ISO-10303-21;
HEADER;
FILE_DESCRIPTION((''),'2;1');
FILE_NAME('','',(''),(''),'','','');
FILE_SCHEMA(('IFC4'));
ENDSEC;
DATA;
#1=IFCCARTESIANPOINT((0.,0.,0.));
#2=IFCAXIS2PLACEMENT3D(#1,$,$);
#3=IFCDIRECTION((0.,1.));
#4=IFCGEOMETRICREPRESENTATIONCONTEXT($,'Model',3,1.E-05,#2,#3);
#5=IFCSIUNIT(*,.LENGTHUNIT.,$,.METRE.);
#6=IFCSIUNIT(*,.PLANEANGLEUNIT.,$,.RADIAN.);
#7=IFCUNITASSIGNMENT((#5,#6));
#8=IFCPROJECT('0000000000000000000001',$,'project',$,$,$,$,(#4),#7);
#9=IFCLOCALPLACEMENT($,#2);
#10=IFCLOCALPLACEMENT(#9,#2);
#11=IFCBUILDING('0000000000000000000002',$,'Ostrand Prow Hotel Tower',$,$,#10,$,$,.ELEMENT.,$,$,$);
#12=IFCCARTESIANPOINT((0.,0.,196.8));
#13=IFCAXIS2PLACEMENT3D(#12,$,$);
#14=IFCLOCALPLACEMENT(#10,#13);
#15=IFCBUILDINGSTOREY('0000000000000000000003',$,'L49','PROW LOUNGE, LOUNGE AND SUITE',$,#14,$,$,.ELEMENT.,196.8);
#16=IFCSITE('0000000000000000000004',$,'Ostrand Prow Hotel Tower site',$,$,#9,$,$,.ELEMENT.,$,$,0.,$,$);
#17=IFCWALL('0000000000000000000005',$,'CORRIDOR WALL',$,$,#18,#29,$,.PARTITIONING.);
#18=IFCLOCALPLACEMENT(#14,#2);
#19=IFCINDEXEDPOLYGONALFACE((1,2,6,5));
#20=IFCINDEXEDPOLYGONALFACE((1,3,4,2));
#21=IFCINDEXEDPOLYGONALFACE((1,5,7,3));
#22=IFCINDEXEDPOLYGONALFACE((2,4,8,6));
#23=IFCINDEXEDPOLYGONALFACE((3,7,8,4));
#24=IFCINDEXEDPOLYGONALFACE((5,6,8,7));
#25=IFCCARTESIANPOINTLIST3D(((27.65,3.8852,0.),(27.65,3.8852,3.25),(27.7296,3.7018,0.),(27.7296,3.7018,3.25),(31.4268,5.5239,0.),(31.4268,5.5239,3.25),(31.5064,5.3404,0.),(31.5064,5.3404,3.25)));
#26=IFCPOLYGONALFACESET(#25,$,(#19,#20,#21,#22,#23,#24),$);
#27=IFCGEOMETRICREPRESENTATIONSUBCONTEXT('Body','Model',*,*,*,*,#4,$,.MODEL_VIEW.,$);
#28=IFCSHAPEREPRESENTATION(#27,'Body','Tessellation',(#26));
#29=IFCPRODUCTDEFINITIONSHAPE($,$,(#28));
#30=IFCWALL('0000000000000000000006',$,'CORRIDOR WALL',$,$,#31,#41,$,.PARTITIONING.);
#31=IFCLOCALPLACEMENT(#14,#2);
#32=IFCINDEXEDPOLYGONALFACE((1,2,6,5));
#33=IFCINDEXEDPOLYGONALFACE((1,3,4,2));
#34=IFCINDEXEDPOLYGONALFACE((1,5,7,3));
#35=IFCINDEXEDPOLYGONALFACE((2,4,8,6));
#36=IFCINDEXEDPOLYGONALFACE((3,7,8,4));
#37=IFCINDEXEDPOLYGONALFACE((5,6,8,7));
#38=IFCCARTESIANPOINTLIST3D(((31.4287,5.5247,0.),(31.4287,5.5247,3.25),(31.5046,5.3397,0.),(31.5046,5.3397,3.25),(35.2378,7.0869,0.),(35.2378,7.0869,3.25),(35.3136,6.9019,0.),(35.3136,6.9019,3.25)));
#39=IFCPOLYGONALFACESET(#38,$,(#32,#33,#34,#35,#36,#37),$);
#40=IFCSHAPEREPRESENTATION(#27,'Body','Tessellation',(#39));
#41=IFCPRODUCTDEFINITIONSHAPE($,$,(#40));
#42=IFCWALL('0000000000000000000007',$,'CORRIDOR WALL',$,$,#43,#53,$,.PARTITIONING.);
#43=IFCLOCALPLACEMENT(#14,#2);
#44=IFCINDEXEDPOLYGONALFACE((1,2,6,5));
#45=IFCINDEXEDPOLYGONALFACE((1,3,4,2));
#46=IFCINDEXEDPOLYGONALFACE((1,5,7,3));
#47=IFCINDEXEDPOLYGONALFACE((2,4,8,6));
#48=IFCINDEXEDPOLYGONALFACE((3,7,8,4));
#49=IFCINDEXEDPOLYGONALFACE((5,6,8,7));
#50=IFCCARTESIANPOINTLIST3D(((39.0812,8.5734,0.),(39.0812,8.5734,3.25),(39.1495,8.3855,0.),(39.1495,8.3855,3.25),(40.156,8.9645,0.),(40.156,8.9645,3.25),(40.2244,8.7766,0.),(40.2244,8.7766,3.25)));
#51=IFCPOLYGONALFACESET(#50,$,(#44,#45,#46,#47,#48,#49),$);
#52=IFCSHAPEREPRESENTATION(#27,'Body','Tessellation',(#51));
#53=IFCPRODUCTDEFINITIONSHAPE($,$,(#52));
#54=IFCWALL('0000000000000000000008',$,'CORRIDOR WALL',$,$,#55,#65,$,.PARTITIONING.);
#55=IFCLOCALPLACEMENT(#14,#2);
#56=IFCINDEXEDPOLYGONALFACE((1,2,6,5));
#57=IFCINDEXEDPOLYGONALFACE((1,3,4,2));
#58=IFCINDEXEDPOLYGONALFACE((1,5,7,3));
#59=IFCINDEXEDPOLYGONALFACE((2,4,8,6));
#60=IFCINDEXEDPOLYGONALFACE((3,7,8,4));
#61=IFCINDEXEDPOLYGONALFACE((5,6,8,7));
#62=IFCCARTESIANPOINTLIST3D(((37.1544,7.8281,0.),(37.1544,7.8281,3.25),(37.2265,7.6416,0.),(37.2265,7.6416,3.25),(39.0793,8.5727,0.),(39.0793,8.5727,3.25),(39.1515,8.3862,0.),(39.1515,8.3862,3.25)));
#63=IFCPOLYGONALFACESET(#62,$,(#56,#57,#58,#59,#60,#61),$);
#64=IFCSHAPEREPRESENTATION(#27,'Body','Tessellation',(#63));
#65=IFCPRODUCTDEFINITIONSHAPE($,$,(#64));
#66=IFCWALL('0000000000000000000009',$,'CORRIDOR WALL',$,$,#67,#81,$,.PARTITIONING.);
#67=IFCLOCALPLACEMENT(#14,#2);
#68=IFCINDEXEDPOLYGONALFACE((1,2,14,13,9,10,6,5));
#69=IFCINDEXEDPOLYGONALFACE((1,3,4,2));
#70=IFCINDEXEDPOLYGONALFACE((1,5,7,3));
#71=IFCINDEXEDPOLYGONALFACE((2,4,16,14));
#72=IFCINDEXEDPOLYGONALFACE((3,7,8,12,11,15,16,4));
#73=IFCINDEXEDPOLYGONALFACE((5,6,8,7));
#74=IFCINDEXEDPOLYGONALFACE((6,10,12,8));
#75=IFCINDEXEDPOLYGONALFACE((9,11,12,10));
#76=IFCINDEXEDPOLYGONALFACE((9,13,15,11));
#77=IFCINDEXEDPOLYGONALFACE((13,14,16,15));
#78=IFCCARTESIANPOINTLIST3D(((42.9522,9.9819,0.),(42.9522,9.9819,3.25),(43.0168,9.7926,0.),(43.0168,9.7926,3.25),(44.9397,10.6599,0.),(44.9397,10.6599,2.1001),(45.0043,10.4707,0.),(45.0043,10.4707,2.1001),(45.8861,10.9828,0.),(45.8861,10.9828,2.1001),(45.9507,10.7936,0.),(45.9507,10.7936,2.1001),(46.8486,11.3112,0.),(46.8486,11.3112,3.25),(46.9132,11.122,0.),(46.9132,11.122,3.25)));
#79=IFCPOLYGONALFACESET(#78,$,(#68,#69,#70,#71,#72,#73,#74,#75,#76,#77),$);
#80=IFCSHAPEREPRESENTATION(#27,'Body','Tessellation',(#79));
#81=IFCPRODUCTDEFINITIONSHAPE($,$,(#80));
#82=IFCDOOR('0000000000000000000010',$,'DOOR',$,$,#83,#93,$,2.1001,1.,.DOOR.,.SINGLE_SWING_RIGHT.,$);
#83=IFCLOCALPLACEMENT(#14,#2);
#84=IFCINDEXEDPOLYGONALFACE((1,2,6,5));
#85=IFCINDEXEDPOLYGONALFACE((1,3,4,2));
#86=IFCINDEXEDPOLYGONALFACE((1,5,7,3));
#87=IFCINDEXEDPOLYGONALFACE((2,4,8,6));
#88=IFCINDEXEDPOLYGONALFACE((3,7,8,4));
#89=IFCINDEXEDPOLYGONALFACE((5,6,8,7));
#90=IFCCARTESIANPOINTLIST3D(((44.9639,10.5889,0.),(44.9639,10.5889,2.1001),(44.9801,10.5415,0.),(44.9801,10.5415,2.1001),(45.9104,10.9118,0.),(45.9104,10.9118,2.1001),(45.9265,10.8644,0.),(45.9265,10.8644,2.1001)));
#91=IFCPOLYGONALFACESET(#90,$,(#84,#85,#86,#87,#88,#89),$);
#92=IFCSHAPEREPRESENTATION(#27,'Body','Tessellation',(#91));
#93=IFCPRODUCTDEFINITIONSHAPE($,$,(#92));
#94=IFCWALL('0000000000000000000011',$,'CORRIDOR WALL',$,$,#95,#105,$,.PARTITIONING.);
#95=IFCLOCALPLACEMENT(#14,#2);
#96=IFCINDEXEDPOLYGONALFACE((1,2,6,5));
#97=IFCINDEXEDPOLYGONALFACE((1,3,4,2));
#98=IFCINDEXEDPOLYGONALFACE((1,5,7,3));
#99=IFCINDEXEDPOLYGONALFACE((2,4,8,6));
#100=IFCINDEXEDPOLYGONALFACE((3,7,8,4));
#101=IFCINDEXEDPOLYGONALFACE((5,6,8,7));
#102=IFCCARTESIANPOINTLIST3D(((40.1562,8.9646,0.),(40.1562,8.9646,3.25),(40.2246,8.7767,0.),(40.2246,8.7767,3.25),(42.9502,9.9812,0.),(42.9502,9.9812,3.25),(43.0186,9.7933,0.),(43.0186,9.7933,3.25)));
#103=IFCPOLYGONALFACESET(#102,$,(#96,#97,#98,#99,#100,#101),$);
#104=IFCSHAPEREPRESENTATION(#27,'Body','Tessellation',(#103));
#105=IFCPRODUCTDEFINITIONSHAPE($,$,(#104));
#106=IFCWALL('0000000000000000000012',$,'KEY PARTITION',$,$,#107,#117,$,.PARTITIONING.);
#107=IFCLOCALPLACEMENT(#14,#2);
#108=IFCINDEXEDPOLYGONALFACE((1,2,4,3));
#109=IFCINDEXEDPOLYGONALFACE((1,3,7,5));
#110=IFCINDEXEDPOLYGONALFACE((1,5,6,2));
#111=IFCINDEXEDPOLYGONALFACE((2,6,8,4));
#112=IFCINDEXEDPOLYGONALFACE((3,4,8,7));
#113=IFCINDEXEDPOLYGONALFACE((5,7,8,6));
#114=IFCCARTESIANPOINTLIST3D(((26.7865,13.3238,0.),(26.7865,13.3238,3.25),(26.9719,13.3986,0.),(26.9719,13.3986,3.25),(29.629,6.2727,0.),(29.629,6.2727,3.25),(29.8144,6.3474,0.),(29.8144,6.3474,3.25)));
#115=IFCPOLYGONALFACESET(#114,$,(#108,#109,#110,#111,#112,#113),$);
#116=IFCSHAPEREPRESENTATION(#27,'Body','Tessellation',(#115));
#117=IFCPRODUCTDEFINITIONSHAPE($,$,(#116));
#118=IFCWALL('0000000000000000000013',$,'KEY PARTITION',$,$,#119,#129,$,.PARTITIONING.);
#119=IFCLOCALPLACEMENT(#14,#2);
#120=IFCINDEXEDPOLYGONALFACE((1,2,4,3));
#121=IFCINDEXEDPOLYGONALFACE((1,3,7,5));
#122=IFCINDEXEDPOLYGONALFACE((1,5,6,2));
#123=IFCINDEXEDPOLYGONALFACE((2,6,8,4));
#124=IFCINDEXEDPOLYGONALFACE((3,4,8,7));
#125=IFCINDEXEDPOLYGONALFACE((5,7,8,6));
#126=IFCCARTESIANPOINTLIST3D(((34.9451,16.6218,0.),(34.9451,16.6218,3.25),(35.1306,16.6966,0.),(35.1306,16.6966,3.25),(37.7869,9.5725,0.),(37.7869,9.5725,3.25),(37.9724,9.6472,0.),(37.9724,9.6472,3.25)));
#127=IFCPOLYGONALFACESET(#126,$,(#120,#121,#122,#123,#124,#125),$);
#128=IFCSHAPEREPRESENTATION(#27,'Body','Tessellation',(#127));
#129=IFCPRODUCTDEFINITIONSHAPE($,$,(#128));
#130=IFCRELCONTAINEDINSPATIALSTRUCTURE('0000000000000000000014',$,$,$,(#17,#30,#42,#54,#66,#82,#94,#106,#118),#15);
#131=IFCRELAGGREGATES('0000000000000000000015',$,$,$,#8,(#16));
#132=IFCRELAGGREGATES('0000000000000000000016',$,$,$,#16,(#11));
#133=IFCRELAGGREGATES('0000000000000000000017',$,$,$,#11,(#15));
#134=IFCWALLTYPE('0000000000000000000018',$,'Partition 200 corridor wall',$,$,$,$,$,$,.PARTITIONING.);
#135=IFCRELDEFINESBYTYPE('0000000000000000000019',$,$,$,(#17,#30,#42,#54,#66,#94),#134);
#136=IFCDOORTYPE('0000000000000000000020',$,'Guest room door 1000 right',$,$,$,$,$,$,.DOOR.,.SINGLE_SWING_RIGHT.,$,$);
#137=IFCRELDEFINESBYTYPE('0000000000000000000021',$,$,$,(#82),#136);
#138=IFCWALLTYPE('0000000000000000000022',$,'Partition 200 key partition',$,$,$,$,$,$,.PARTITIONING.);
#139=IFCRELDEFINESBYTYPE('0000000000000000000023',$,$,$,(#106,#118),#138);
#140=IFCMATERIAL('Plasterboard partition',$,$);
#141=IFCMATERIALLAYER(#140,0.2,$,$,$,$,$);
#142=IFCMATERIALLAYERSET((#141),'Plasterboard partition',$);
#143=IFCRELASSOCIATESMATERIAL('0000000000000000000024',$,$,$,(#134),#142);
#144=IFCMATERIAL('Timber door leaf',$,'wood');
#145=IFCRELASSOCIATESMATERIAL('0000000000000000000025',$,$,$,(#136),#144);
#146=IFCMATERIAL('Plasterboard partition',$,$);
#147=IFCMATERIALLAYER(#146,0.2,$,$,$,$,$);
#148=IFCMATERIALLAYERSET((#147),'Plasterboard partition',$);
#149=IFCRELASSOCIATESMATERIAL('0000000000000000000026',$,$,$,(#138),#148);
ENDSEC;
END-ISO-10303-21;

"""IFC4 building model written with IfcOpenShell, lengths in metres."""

from ifc_helpers import new_model, si_unit, direction, frame, frame_2d, origin, place, context, subcontext, project, spatial, rectangle, extrude, material, layer, layer_set, type_object, element, fill, save


model = new_model("IFC4")

# Units and contexts
model_context = context("Model", 3, precision=1e-05, world=origin(), true_north=direction((0.0, 1.0)))
body_context = subcontext(model_context, "Body", "Model", "MODEL_VIEW")
ifc_project = project(units=[si_unit("LENGTHUNIT", "METRE"), si_unit("PLANEANGLEUNIT", "RADIAN")], contexts=[model_context])

# Site, building, storey
site_placement = place(None, origin())
site = spatial("IfcSite", under=ifc_project, at=site_placement, Name="Ostrand Prow Hotel Tower site", CompositionType="ELEMENT", RefElevation=0.0)
building_placement = place(site_placement, origin())
building = spatial("IfcBuilding", under=site, at=building_placement, Name="Ostrand Prow Hotel Tower", CompositionType="ELEMENT")
storey_placement = place(building_placement, frame((0.0, 0.0, 196.8)))
storey = spatial("IfcBuildingStorey", under=building, at=storey_placement, Name="L49", Description="PROW LOUNGE, LOUNGE AND SUITE", CompositionType="ELEMENT", Elevation=196.8)

# Shared definitions
ifc_material_1 = material(Name="Plasterboard partition")
ifc_layer_1 = layer(ifc_material_1, 0.2)
ifc_layer_set_1 = layer_set([ifc_layer_1], Name="Plasterboard partition")
wall_type_1 = type_object("IfcWallType", Name="Partition 200 corridor wall", PredefinedType="PARTITIONING", material=ifc_layer_set_1)
ifc_material_2 = material(Name="Timber door leaf", Category="wood")
door_type_1 = type_object("IfcDoorType", Name="Guest room door 1000 right", OperationType="SINGLE_SWING_RIGHT", PredefinedType="DOOR", material=ifc_material_2)

# Walls
for number, where, z_axis, x_axis, name in (
    (1, (27.6897, 3.7935, 0.0), (0.0, 0.0, 1.0), (0.917375, 0.398023, 0.0), "CORRIDOR WALL"),
    (2, (31.4666, 5.4321, 0.0), (0.0, 0.0, 1.0), (0.925207, 0.379464, 0.0), "CORRIDOR WALL"),
):
    element("IfcWall", number, at=place(storey_placement, frame(where, z_axis=z_axis, x_axis=x_axis)), inside=storey, type_object=wall_type_1, Name=name, PredefinedType="PARTITIONING", context=body_context, shape_type="SweptSolid", body=[
        extrude(rectangle(XDim=4.1169, YDim=0.2, at=frame_2d((2.0586, 0.0))), origin(), (0.0, 0.0, 1.0), 3.25),
    ])
wall_1_placement = place(storey_placement, frame((39.1155, 8.4795, 0.0), z_axis=(0.0, 0.0, 1.0), x_axis=(0.939731, 0.341914, 0.0)))
element("IfcWall", 3, at=wall_1_placement, inside=storey, type_object=wall_type_1, Name="CORRIDOR WALL", PredefinedType="PARTITIONING", context=body_context, shape_type="SweptSolid", body=[
    extrude(rectangle(XDim=1.1438, YDim=0.2, at=frame_2d((0.5718, 0.0))), origin(), (0.0, 0.0, 1.0), 3.25),
])
wall_2_placement = place(storey_placement, frame((37.1904, 7.7349, 0.0), z_axis=(0.0, 0.0, 1.0), x_axis=(0.932658, 0.360762, 0.0)))
element("IfcWall", 4, at=wall_2_placement, inside=storey, type_object=wall_type_1, Name="CORRIDOR WALL", PredefinedType="PARTITIONING", context=body_context, shape_type="SweptSolid", body=[
    extrude(rectangle(XDim=2.064, YDim=0.2, at=frame_2d((1.032, 0.0))), origin(), (0.0, 0.0, 1.0), 3.25),
])

# Wall, opening, door
wall_3_placement = place(storey_placement, frame((42.9844, 9.8872, 0.0), z_axis=(0.0, 0.0, 1.0), x_axis=(0.946436, 0.322891, 0.0)))
wall_3 = element("IfcWall", 5, at=wall_3_placement, inside=storey, type_object=wall_type_1, Name="CORRIDOR WALL", PredefinedType="PARTITIONING", context=body_context, shape_type="SweptSolid", body=[
    extrude(rectangle(XDim=4.1169, YDim=0.2, at=frame_2d((2.0586, 0.0))), origin(), (0.0, 0.0, 1.0), 3.25),
])
opening_1_placement = place(wall_3_placement, frame((2.1001, 0.0, 0.0)))
opening_1 = element("IfcOpeningElement", 6, at=opening_1_placement, cuts=wall_3, PredefinedType="OPENING", context=body_context, shape_type="SweptSolid", body=[
    extrude(rectangle(XDim=1.0, YDim=2.1001, at=frame_2d((0.5, 1.05))), frame((0.0, 0.1099, 0.0), z_axis=(0.0, -1.0, 0.0), x_axis=(1.0, 0.0, 0.0)), (0.0, 0.0, 1.0), 0.22),
])
door_1_placement = place(opening_1_placement, origin())
door_1 = element("IfcDoor", 7, at=door_1_placement, inside=storey, type_object=door_type_1, Name="DOOR", OperationType="SINGLE_SWING_RIGHT", OverallHeight=2.1001, OverallWidth=1.0, PredefinedType="DOOR", context=body_context, shape_type="SweptSolid", body=[
    extrude(rectangle(XDim=1.0, YDim=2.1001, at=frame_2d((0.5, 1.05))), frame((0.0, 0.0249, 0.0), z_axis=(0.0, -1.0, 0.0), x_axis=(1.0, 0.0, 0.0)), (0.0, 0.0, 1.0), 0.05),
])
fill(opening_1, door_1)

# Walls
wall_4_placement = place(storey_placement, frame((40.1904, 8.8706, 0.0), z_axis=(0.0, 0.0, 1.0), x_axis=(0.939726, 0.341928, 0.0)))
element("IfcWall", 8, at=wall_4_placement, inside=storey, type_object=wall_type_1, Name="CORRIDOR WALL", PredefinedType="PARTITIONING", context=body_context, shape_type="SweptSolid", body=[
    extrude(rectangle(XDim=2.9731, YDim=0.2, at=frame_2d((1.4866, 0.0))), origin(), (0.0, 0.0, 1.0), 3.25),
])
ifc_material_3 = material(Name="Plasterboard partition")
ifc_layer_2 = layer(ifc_material_3, 0.2)
ifc_layer_set_2 = layer_set([ifc_layer_2], Name="Plasterboard partition")
wall_type_2 = type_object("IfcWallType", Name="Partition 200 key partition", PredefinedType="PARTITIONING", material=ifc_layer_set_2)
wall_5_placement = place(storey_placement, frame((29.7217, 6.3101, 0.0), z_axis=(0.0, 0.0, 1.0), x_axis=(-0.373886, 0.927475, 0.0)))
element("IfcWall", 9, at=wall_5_placement, inside=storey, type_object=wall_type_2, Name="KEY PARTITION", PredefinedType="PARTITIONING", context=body_context, shape_type="SweptSolid", body=[
    extrude(rectangle(XDim=7.6025, YDim=0.2, at=frame_2d((3.8013, 0.0))), origin(), (0.0, 0.0, 1.0), 3.25),
])
wall_6_placement = place(storey_placement, frame((37.8796, 9.6099, 0.0), z_axis=(0.0, 0.0, 1.0), x_axis=(-0.373893, 0.927472, 0.0)))
element("IfcWall", 10, at=wall_6_placement, inside=storey, type_object=wall_type_2, Name="KEY PARTITION", PredefinedType="PARTITIONING", context=body_context, shape_type="SweptSolid", body=[
    extrude(rectangle(XDim=7.6006, YDim=0.2, at=frame_2d((3.8003, 0.0))), origin(), (0.0, 0.0, 1.0), 3.25),
])

save(model, "model.ifc")
